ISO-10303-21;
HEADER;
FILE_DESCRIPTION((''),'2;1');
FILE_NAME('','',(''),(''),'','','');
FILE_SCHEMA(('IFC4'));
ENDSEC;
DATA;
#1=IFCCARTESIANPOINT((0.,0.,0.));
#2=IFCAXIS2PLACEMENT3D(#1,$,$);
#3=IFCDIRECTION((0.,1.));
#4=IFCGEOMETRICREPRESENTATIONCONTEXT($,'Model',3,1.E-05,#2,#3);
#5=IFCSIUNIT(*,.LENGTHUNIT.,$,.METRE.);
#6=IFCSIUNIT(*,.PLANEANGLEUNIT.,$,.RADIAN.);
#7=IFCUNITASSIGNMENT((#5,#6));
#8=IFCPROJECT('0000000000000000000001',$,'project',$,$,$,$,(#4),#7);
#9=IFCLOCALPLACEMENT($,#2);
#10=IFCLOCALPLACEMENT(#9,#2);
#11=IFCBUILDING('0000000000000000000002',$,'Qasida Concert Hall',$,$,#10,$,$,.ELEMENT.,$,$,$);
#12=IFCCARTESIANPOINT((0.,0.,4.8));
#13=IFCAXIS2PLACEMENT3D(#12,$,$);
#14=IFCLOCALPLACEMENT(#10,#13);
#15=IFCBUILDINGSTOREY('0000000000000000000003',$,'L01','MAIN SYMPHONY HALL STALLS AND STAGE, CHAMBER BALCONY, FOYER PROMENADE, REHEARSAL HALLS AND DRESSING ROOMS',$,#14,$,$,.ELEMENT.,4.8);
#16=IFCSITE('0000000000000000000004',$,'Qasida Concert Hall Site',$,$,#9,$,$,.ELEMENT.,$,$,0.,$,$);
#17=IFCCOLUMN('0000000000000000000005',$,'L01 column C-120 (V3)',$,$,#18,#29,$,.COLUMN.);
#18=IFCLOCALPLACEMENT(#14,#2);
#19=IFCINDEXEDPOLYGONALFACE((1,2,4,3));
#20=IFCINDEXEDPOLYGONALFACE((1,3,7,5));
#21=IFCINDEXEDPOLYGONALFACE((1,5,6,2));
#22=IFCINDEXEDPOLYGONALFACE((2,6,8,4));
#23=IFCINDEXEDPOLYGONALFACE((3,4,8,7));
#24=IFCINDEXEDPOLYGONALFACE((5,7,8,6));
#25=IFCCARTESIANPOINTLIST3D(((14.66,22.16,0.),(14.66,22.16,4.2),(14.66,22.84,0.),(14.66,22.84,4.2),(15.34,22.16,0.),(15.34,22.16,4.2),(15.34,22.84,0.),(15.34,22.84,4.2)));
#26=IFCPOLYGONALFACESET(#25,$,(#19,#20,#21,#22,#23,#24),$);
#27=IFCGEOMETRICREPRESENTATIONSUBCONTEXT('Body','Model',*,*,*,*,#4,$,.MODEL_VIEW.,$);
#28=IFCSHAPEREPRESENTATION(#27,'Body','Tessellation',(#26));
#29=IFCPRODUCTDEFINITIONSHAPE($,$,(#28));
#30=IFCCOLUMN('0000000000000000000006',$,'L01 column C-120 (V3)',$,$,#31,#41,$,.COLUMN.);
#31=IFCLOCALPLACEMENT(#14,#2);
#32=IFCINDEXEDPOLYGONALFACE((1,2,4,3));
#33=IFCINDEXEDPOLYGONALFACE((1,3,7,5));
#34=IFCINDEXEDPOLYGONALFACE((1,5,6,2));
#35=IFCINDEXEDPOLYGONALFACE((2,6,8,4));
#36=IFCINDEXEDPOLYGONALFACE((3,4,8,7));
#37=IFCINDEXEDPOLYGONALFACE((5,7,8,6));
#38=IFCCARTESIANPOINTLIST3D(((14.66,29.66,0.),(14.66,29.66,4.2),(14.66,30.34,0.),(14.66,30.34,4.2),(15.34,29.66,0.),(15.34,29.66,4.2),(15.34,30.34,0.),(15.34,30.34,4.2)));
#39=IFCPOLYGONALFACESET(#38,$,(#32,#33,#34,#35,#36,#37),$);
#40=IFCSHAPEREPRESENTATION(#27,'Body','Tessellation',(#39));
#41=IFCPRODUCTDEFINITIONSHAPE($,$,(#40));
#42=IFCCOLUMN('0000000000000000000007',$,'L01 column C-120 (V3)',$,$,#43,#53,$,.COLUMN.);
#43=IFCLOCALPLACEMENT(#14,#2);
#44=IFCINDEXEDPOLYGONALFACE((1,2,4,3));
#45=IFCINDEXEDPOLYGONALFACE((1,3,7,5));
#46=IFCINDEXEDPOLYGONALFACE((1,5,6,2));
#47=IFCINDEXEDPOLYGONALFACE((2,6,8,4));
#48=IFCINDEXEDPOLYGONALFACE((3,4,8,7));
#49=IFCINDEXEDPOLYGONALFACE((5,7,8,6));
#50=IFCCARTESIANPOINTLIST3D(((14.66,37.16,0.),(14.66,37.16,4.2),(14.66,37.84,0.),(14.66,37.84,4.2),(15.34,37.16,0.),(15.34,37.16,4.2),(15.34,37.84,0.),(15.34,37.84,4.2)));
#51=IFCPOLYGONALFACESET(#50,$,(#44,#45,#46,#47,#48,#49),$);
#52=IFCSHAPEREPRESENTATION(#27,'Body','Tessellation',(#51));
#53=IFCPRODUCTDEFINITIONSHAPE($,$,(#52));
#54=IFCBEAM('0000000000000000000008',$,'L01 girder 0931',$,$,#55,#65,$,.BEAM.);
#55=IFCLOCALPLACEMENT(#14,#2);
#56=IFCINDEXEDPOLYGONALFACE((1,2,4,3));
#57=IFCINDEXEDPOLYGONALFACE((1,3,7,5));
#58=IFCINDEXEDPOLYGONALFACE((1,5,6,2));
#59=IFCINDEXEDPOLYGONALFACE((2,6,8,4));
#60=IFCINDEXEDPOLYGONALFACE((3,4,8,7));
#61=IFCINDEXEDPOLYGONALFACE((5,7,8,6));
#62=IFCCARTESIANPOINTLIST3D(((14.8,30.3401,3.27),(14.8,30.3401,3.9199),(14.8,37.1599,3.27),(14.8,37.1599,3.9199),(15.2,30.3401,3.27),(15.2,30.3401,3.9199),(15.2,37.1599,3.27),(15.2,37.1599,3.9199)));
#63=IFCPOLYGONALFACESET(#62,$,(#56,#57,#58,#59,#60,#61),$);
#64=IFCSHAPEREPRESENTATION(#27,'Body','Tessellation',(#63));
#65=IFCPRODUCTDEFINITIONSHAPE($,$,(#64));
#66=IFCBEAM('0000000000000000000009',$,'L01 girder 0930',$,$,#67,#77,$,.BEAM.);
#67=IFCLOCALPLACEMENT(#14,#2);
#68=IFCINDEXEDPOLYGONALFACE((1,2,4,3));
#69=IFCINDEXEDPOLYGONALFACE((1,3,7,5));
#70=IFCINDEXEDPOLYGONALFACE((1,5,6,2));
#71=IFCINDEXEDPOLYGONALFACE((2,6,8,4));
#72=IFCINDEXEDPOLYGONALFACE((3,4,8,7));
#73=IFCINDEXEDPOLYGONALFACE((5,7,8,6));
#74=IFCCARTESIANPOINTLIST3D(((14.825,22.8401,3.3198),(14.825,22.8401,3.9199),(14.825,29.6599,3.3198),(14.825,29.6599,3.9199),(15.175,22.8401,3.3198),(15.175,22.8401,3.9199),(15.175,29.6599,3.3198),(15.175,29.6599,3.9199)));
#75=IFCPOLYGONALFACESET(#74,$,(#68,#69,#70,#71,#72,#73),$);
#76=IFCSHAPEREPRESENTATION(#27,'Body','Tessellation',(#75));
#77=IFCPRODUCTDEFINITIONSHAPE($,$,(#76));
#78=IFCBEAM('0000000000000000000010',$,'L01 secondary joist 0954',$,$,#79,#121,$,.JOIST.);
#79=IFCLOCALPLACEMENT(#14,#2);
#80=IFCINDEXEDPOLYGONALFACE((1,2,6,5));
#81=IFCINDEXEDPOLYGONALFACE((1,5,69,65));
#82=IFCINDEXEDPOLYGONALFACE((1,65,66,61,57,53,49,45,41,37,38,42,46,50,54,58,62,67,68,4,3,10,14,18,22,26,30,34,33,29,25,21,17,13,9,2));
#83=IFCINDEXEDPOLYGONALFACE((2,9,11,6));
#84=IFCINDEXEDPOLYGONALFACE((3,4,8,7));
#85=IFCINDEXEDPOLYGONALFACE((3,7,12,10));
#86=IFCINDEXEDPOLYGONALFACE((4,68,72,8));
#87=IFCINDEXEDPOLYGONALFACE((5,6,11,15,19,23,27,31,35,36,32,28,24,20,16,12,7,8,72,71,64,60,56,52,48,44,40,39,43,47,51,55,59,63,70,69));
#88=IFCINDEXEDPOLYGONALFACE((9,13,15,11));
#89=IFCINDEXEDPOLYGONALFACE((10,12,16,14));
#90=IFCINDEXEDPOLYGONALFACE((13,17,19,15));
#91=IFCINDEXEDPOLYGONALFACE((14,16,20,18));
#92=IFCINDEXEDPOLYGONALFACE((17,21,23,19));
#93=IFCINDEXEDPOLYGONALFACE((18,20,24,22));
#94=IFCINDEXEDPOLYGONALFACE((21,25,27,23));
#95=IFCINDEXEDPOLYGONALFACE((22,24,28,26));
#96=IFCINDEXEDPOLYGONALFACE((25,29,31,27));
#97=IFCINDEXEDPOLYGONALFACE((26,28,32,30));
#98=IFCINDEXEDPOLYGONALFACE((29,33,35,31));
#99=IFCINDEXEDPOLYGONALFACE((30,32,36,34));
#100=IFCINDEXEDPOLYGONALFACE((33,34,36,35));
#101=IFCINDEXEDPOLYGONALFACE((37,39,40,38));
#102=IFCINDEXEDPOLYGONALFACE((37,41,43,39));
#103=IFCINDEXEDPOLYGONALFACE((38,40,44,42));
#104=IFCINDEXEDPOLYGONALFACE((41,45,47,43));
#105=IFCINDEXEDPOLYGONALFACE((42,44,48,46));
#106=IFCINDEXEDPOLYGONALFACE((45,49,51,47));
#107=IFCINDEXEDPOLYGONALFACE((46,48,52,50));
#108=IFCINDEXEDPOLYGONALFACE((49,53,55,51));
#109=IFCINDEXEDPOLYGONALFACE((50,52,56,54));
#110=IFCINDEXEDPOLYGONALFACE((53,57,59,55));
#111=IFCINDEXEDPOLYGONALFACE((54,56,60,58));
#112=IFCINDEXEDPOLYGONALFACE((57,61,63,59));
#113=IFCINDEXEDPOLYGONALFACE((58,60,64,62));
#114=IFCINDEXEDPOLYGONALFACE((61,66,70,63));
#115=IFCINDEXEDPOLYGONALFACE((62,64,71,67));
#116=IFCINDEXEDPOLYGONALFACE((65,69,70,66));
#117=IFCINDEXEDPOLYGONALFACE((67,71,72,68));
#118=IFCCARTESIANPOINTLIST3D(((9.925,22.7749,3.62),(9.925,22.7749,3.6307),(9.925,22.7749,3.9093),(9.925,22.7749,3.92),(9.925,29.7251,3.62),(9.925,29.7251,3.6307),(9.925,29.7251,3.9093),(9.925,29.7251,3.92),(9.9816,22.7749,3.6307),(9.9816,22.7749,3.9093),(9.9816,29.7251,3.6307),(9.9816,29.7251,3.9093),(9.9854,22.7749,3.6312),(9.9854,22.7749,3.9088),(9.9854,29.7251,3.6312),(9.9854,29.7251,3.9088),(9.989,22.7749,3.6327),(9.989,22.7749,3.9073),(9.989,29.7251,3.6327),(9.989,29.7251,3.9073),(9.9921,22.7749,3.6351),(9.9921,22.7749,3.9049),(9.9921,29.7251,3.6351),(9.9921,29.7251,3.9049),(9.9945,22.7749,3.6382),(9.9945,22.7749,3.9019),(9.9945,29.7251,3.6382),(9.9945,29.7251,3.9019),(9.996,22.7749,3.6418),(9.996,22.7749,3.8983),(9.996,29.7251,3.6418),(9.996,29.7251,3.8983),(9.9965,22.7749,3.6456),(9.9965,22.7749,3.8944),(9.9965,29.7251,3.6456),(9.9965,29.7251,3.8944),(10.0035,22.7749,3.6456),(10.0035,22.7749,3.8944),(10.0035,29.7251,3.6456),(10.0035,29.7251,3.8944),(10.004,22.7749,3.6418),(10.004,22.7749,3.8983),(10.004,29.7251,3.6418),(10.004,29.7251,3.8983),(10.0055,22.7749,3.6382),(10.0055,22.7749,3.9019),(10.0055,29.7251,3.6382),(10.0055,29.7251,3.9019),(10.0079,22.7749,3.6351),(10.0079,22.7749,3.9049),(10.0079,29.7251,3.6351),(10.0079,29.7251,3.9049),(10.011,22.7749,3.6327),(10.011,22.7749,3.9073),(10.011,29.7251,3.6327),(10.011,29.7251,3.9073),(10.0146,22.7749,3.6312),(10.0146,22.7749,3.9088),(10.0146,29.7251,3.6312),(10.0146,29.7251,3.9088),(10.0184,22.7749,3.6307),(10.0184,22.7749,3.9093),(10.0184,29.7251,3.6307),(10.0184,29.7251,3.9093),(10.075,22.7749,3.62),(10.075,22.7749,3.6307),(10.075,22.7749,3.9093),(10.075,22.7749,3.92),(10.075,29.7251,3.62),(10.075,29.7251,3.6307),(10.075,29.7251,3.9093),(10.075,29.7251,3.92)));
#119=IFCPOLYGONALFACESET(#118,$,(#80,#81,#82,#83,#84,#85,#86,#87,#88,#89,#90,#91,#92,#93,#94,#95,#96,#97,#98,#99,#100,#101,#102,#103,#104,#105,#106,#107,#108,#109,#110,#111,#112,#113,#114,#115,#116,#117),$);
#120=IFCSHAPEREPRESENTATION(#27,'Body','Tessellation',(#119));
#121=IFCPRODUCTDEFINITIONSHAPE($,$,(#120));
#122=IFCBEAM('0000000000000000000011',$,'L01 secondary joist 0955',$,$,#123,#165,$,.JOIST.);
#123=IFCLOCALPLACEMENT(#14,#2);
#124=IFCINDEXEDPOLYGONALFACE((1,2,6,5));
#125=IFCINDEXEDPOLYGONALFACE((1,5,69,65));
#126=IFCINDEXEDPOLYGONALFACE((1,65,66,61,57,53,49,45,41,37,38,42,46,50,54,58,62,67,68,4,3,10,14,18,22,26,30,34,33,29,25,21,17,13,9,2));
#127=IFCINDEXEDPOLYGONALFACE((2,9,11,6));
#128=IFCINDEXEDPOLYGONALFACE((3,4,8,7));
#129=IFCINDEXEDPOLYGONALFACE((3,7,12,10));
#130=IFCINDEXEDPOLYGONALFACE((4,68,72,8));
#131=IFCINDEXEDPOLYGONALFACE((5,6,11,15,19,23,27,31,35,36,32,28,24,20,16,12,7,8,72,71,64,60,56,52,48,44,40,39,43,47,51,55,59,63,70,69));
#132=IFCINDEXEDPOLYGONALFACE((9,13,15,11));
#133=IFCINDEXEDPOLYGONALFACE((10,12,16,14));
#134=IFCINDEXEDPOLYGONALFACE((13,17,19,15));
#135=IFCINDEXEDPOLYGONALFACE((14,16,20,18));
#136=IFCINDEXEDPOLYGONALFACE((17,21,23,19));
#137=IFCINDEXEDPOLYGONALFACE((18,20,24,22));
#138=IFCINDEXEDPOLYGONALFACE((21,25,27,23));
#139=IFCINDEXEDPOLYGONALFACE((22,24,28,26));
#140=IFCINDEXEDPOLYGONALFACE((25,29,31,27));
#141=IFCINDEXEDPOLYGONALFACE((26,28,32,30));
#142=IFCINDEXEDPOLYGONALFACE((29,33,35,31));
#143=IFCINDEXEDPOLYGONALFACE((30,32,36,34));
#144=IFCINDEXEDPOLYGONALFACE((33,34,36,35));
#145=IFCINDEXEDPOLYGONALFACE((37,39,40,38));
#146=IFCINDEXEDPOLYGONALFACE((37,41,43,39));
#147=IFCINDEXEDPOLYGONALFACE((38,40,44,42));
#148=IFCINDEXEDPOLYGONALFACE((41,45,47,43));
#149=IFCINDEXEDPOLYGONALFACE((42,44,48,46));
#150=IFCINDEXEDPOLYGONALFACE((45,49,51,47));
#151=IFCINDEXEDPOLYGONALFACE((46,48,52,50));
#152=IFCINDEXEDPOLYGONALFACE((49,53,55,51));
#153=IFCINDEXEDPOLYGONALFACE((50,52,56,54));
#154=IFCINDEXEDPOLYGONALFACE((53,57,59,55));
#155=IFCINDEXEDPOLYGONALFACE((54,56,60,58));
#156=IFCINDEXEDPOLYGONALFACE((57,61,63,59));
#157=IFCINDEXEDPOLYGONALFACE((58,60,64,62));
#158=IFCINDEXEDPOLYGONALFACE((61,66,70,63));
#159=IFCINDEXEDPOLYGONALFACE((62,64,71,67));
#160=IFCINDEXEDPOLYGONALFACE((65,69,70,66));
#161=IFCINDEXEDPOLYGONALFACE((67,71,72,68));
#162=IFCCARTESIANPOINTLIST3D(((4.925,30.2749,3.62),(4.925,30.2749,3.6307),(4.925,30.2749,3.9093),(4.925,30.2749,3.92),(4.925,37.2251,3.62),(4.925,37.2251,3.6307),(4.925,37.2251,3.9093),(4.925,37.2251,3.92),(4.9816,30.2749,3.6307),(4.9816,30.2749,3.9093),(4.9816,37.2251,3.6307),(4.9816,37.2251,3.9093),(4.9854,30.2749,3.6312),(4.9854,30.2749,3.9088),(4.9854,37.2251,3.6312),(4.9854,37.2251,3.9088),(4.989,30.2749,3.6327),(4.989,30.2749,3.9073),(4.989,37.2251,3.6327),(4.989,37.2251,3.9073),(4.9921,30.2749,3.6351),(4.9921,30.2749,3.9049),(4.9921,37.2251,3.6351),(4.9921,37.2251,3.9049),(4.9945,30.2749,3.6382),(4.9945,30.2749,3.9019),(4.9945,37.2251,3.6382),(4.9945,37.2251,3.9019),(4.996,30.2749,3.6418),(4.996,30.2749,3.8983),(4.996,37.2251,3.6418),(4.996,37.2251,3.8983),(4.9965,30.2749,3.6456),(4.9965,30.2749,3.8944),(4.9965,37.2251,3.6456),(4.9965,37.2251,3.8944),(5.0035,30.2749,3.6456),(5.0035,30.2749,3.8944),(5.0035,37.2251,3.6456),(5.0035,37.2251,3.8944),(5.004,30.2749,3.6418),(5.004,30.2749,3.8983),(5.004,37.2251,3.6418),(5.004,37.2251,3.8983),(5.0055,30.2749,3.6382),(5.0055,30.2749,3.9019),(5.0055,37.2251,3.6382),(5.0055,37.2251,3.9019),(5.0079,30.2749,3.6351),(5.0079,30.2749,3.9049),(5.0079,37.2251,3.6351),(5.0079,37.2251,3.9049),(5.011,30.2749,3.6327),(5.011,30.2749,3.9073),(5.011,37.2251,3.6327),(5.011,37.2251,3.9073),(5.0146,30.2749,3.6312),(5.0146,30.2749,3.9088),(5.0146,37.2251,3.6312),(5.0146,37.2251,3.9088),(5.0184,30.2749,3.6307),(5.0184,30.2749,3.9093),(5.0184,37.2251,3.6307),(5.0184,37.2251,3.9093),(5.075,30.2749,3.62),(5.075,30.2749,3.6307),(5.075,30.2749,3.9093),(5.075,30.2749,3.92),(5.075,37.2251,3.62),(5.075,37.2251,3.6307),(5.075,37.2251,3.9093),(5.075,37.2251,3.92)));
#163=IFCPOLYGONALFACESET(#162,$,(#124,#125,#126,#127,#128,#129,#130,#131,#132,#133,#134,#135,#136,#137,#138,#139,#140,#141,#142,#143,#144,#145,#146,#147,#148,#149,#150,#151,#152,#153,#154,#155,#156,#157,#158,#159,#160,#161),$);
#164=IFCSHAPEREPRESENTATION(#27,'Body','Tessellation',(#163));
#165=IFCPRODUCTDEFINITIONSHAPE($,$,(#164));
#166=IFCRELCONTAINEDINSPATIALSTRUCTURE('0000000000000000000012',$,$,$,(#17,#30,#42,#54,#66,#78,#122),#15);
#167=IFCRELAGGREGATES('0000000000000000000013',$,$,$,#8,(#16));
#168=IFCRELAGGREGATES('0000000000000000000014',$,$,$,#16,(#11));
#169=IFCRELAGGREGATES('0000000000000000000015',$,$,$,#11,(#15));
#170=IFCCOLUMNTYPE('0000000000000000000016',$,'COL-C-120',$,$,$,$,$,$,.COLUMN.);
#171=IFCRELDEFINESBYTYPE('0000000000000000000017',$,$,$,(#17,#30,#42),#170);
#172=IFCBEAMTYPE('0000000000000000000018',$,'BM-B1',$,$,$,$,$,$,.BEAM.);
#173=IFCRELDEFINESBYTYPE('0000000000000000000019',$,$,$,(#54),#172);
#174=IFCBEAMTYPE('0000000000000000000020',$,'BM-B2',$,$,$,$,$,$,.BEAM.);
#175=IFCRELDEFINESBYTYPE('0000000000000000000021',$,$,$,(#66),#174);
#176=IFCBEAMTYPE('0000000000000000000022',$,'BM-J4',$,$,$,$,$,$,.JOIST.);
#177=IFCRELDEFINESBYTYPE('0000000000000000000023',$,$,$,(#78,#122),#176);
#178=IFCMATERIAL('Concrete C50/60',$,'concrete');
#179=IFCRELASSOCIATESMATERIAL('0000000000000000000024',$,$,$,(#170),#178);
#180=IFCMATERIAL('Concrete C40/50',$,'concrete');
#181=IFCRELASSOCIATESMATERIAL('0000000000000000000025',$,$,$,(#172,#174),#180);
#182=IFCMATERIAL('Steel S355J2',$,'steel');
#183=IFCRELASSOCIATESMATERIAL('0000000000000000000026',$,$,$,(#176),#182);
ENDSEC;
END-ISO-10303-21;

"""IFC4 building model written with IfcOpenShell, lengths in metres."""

from ifc_helpers import new_model, si_unit, direction, frame, origin, origin_2d, place, context, subcontext, project, spatial, rectangle, i_section, extrude, material, material_profile, profile_set, type_object, element, save


model = new_model("IFC4")

# Units and contexts
model_context = context("Model", 3, precision=1e-05, world=origin(), true_north=direction((0.0, 1.0)))
body_context = subcontext(model_context, "Body", "Model", "MODEL_VIEW")
ifc_project = project(units=[si_unit("LENGTHUNIT", "METRE"), si_unit("PLANEANGLEUNIT", "RADIAN")], contexts=[model_context])

# Site, building, storey
site_placement = place(None, origin())
site = spatial("IfcSite", under=ifc_project, at=site_placement, Name="Qasida Concert Hall Site", CompositionType="ELEMENT", RefElevation=0.0)
building_placement = place(site_placement, origin())
building = spatial("IfcBuilding", under=site, at=building_placement, Name="Qasida Concert Hall", CompositionType="ELEMENT")
storey_placement = place(building_placement, frame((0.0, 0.0, 4.8)))
storey = spatial("IfcBuildingStorey", under=building, at=storey_placement, Name="L01", Description="MAIN SYMPHONY HALL STALLS AND STAGE, CHAMBER BALCONY, FOYER PROMENADE, REHEARSAL HALLS AND DRESSING ROOMS", CompositionType="ELEMENT", Elevation=4.8)

# Columns
ifc_material_1 = material(Name="Concrete C50/60", Category="concrete")
ifc_material_profile_1 = material_profile(ifc_material_1, rectangle(XDim=0.6799, YDim=0.6799, at=origin_2d()), Name="RC 680x680")
ifc_profile_set_1 = profile_set([ifc_material_profile_1], Name="Concrete C50/60")
column_type = type_object("IfcColumnType", Name="COL-C-120", PredefinedType="COLUMN", material=ifc_profile_set_1)
for number, where, z_axis, x_axis, name in (
    (1, (15.0, 22.5, 0.0), (0.0, 0.0, 1.0), (1.0, 0.0, 0.0), "L01 column C-120 (V3)"),
    (2, (15.0, 30.0, 0.0), (0.0, 0.0, 1.0), (1.0, 0.0, 0.0), "L01 column C-120 (V3)"),
    (3, (15.0, 37.5, 0.0), (0.0, 0.0, 1.0), (1.0, 0.0, 0.0), "L01 column C-120 (V3)"),
):
    element("IfcColumn", number, at=place(storey_placement, frame(where, z_axis=z_axis, x_axis=x_axis)), inside=storey, type_object=column_type, Name=name, PredefinedType="COLUMN", context=body_context, shape_type="SweptSolid", body=[
        extrude(rectangle(XDim=0.6799, YDim=0.6799, at=origin_2d()), origin(), (0.0, 0.0, 1.0), 4.2),
    ])

# Beams
ifc_material_2 = material(Name="Concrete C40/50", Category="concrete")
ifc_material_profile_2 = material_profile(ifc_material_2, rectangle(XDim=0.3999, YDim=0.6499, at=origin_2d()), Name="RC 400x650")
ifc_profile_set_2 = profile_set([ifc_material_profile_2], Name="Concrete C40/50")
beam_type_1 = type_object("IfcBeamType", Name="BM-B1", PredefinedType="BEAM", material=ifc_profile_set_2)
beam_1_placement = place(storey_placement, frame((15.0, 30.3401, 3.595), z_axis=(0.0, 1.0, 0.0), x_axis=(-1.0, 0.0, 0.0)))
element("IfcBeam", 4, at=beam_1_placement, inside=storey, type_object=beam_type_1, Name="L01 girder 0931", PredefinedType="BEAM", context=body_context, shape_type="SweptSolid", body=[
    extrude(rectangle(XDim=0.3999, YDim=0.6499, at=origin_2d()), origin(), (0.0, 0.0, 1.0), 6.8198),
])
ifc_material_profile_3 = material_profile(ifc_material_2, rectangle(XDim=0.3501, YDim=0.6001, at=origin_2d()), Name="RC 350x600")
ifc_profile_set_3 = profile_set([ifc_material_profile_3], Name="Concrete C40/50")
beam_type_2 = type_object("IfcBeamType", Name="BM-B2", PredefinedType="BEAM", material=ifc_profile_set_3)
beam_2_placement = place(storey_placement, frame((15.0, 22.8401, 3.6199), z_axis=(0.0, 1.0, 0.0), x_axis=(-1.0, 0.0, 0.0)))
element("IfcBeam", 5, at=beam_2_placement, inside=storey, type_object=beam_type_2, Name="L01 girder 0930", PredefinedType="BEAM", context=body_context, shape_type="SweptSolid", body=[
    extrude(rectangle(XDim=0.3501, YDim=0.6001, at=origin_2d()), origin(), (0.0, 0.0, 1.0), 6.8198),
])
ifc_material_3 = material(Name="Steel S355J2", Category="steel")
ifc_material_profile_4 = material_profile(ifc_material_3, i_section(OverallWidth=0.1499, OverallDepth=0.3, WebThickness=0.0071, FlangeThickness=0.0107, FilletRadius=0.0149, at=origin_2d()), Name="IPE 300")
ifc_profile_set_4 = profile_set([ifc_material_profile_4], Name="Steel S355J2")
beam_type_3 = type_object("IfcBeamType", Name="BM-J4", PredefinedType="JOIST", material=ifc_profile_set_4)
for number, where, z_axis, x_axis, name in (
    (6, (10.0, 22.7749, 3.77), (0.0, 1.0, 0.0), (-1.0, 0.0, 0.0), "L01 secondary joist 0954"),
    (7, (5.0, 30.2749, 3.77), (0.0, 1.0, 0.0), (-1.0, 0.0, 0.0), "L01 secondary joist 0955"),
):
    element("IfcBeam", number, at=place(storey_placement, frame(where, z_axis=z_axis, x_axis=x_axis)), inside=storey, type_object=beam_type_3, Name=name, PredefinedType="JOIST", context=body_context, shape_type="SweptSolid", body=[
        extrude(i_section(OverallWidth=0.1499, OverallDepth=0.3, WebThickness=0.0071, FlangeThickness=0.0107, FilletRadius=0.0149, at=origin_2d()), origin(), (0.0, 0.0, 1.0), 6.9502),
    ])

save(model, "model.ifc")
